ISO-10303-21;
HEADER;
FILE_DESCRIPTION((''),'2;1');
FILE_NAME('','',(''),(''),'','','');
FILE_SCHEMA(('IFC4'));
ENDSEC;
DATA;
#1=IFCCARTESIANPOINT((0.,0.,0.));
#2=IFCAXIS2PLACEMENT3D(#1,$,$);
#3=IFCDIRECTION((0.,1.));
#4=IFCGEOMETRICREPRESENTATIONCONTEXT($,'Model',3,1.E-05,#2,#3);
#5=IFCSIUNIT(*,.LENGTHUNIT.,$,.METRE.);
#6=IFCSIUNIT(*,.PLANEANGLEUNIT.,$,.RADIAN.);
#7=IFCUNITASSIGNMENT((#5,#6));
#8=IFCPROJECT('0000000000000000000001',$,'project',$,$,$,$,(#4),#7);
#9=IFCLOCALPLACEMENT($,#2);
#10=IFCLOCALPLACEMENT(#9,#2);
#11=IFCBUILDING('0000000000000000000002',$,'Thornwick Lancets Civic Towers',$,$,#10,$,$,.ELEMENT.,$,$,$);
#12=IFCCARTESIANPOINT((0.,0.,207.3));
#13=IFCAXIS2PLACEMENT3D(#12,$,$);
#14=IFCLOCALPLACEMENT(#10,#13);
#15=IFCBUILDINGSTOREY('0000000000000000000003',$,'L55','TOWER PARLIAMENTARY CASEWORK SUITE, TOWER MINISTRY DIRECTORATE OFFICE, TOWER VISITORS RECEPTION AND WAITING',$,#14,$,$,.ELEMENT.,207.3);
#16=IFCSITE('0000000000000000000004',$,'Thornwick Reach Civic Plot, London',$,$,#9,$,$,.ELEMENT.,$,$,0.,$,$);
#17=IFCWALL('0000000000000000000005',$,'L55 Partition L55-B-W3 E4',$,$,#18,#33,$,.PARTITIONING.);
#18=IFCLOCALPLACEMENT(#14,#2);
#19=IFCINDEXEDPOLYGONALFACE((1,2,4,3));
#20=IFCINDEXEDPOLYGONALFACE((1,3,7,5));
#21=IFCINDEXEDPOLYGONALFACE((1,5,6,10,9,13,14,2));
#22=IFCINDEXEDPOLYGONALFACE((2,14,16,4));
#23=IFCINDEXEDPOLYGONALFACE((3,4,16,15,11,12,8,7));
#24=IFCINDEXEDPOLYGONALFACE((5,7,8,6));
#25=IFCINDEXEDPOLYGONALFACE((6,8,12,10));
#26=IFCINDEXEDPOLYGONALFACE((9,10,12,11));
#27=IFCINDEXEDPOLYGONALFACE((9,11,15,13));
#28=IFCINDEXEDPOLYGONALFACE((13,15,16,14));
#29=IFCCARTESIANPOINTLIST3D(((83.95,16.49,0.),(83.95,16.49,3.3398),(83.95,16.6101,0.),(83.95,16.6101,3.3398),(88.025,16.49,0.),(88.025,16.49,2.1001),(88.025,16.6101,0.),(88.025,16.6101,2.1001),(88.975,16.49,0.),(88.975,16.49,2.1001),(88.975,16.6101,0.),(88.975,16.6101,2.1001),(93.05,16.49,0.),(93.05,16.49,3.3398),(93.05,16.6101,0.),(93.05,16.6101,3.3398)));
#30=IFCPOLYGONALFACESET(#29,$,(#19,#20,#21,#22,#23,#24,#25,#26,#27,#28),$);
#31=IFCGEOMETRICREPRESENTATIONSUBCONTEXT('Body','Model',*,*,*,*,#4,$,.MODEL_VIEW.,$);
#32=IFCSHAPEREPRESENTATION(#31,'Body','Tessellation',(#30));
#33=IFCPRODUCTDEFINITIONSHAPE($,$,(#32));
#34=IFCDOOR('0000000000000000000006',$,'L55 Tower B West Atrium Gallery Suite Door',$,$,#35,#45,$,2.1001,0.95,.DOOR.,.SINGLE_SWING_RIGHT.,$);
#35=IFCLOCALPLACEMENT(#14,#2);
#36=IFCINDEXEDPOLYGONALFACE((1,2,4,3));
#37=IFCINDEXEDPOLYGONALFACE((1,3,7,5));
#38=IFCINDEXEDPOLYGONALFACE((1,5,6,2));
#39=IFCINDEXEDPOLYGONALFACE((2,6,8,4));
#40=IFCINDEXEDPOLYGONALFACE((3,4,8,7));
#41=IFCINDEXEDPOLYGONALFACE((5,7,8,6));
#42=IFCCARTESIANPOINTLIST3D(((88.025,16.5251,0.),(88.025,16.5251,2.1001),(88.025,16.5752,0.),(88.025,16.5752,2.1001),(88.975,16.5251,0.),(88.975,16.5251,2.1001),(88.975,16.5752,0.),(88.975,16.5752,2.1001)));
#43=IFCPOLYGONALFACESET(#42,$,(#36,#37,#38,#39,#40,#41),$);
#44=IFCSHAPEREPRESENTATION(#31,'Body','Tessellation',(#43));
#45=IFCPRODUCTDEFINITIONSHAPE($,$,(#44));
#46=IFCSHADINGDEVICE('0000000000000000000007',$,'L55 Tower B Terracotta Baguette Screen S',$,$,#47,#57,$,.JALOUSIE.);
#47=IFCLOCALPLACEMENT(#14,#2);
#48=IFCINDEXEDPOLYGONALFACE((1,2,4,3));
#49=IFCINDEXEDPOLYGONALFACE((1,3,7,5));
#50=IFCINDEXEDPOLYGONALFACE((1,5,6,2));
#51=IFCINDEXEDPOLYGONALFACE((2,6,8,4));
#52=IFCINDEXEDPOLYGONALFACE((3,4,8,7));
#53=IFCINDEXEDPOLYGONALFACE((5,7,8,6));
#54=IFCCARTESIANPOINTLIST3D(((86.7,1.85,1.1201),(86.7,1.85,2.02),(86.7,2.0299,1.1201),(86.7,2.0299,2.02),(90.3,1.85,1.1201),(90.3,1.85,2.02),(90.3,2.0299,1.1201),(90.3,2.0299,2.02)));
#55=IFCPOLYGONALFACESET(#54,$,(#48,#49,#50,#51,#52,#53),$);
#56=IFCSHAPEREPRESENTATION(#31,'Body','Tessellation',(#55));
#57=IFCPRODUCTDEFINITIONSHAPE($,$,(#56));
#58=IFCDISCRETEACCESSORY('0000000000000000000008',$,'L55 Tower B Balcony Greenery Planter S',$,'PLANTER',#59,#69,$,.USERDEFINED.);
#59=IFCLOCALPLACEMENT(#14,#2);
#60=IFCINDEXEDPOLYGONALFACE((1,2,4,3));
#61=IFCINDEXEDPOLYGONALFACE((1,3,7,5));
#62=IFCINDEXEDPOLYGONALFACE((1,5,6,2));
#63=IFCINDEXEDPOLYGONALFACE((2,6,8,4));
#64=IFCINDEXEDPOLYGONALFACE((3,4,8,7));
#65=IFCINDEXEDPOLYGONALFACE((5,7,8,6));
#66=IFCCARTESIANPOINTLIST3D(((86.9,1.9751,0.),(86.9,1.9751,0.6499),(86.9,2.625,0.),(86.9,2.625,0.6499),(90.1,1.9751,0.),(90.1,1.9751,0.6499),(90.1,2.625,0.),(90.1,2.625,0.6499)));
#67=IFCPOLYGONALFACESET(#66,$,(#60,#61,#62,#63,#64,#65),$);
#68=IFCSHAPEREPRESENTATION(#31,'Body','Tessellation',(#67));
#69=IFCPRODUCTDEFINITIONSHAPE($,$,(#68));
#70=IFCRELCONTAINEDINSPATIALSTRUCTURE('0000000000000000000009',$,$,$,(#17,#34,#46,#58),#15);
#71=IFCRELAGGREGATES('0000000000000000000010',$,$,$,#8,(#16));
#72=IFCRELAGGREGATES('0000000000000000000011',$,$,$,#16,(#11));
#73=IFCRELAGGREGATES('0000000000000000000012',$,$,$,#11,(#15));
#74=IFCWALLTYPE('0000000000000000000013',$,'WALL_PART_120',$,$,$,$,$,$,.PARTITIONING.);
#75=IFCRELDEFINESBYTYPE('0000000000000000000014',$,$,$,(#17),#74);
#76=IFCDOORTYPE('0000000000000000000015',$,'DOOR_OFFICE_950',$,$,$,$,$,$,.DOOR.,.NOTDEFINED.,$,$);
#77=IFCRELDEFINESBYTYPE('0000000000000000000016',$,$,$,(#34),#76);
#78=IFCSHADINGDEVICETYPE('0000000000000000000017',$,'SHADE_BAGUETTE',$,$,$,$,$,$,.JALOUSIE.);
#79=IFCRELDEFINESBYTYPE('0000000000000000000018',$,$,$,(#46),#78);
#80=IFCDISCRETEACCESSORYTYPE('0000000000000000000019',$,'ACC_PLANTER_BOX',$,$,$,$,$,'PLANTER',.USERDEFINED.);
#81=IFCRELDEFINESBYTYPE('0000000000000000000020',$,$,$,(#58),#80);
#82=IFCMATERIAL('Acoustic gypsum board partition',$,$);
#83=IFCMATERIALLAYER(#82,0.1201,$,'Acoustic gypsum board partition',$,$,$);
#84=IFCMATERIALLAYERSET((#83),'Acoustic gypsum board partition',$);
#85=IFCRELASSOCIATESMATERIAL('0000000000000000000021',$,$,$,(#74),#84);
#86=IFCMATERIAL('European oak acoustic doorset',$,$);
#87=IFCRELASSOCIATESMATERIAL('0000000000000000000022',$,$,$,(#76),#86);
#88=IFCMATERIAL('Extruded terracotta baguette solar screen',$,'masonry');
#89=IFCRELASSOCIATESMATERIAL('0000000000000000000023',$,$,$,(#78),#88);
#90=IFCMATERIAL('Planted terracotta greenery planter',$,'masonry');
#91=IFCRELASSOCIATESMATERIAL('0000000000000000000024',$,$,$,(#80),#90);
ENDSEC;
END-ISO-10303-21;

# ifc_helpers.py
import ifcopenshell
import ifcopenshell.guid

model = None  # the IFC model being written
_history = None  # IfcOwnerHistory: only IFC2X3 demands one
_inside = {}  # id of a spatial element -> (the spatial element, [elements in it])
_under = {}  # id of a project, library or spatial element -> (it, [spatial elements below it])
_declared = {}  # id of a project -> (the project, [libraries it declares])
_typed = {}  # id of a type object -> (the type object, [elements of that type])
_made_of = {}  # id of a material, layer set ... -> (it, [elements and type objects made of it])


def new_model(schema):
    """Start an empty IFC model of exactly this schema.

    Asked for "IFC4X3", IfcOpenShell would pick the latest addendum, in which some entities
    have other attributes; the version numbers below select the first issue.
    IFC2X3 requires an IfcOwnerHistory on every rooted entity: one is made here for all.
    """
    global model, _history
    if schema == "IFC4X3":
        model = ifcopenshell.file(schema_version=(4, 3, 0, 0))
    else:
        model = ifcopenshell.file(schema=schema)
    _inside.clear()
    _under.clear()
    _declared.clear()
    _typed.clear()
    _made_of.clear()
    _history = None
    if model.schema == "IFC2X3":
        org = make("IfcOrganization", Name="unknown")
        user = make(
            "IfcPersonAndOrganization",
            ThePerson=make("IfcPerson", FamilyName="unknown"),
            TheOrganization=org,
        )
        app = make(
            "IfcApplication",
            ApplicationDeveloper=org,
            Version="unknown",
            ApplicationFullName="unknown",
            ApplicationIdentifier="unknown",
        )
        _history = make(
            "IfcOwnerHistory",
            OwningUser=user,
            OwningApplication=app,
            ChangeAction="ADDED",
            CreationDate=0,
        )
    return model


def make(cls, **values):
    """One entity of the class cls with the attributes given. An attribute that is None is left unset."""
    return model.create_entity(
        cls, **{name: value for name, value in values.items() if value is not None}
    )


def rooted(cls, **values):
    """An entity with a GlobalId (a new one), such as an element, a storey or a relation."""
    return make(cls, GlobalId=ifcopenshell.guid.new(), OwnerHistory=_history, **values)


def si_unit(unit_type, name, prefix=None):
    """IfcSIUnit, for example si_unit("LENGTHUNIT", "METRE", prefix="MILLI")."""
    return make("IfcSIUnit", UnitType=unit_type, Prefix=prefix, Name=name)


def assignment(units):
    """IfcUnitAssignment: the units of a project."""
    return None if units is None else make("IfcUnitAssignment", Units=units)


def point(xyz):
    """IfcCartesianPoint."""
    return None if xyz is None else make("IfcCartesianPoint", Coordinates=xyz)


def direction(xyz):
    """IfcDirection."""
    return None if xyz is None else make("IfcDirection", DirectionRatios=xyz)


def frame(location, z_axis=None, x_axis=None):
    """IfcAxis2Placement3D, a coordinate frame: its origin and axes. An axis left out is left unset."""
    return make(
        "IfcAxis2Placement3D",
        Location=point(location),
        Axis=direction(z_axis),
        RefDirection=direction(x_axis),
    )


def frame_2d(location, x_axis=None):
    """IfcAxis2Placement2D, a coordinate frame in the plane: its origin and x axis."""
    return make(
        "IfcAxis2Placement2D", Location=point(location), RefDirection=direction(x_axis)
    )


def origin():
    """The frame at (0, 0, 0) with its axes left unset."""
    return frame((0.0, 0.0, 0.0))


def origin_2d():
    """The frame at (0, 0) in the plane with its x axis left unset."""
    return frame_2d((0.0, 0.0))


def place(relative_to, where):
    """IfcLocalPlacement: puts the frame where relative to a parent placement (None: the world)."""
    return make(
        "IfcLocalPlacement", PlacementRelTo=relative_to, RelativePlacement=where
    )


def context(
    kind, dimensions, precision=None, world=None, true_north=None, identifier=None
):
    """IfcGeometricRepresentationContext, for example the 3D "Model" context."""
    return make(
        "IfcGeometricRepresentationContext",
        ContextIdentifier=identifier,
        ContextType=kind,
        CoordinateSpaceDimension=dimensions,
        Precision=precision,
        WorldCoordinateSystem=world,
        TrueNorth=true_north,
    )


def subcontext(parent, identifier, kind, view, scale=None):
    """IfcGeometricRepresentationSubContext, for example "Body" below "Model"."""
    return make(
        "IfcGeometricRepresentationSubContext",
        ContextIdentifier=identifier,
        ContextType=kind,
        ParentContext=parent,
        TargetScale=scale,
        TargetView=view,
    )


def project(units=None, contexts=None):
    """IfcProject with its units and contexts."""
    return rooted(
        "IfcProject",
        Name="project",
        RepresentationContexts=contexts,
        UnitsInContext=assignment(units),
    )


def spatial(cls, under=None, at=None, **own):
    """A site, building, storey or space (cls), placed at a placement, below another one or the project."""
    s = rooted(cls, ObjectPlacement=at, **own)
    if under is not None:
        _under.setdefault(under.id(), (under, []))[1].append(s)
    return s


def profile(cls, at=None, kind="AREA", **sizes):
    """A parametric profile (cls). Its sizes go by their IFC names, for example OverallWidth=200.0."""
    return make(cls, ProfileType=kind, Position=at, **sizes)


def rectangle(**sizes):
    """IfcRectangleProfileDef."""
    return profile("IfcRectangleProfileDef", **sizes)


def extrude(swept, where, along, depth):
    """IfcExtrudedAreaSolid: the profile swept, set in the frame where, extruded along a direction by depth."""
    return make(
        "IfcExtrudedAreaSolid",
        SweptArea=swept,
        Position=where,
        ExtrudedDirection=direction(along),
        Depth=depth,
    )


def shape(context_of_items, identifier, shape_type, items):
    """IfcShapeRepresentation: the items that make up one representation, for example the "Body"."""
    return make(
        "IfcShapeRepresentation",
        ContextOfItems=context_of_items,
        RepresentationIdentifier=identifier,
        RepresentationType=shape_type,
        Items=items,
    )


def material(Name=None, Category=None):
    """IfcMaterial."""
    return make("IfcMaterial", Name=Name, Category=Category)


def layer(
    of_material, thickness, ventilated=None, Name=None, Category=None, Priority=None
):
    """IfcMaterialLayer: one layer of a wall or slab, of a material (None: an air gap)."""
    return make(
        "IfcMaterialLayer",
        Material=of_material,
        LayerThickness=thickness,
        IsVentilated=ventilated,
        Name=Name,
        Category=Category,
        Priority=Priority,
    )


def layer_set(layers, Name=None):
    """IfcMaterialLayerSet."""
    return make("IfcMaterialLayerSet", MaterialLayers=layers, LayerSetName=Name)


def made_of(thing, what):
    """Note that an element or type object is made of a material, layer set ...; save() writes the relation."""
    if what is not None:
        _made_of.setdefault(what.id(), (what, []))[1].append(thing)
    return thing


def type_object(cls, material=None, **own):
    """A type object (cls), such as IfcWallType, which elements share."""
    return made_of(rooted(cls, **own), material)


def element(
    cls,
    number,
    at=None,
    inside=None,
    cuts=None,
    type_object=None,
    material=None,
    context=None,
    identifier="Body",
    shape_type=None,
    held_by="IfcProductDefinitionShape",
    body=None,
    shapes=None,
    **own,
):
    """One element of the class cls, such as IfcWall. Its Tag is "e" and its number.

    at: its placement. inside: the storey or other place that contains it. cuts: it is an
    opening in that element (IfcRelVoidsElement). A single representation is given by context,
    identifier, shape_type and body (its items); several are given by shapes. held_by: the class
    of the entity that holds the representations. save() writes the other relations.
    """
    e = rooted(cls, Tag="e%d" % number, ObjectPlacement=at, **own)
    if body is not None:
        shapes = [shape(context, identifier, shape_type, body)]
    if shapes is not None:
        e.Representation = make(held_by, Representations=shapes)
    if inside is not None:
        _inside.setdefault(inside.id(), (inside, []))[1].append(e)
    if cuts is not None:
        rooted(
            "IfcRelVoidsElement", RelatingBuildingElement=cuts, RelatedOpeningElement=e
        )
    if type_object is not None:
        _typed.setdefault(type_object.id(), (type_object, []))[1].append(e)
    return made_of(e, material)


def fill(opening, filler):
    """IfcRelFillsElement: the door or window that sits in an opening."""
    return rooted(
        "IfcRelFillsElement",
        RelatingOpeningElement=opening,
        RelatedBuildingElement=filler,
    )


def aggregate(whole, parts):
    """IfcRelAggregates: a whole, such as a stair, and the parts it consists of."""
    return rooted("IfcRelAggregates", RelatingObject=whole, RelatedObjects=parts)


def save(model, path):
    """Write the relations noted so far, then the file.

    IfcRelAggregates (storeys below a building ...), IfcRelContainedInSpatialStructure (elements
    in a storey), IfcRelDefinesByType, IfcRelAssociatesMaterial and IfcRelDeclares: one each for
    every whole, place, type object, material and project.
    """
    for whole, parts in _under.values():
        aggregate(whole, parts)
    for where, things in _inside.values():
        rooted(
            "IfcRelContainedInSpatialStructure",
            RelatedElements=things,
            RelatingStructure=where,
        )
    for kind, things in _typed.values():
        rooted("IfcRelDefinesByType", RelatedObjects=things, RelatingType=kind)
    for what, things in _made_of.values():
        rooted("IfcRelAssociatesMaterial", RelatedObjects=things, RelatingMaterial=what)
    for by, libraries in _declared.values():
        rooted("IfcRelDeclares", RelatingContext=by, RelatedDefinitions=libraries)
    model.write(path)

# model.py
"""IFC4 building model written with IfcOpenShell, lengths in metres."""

from ifc_helpers import new_model, si_unit, direction, frame, frame_2d, origin, origin_2d, place, context, subcontext, project, spatial, rectangle, extrude, material, layer, layer_set, type_object, element, fill, save


model = new_model("IFC4")

# Units and contexts
model_context = context("Model", 3, precision=1e-05, world=origin(), true_north=direction((0.0, 1.0)))
body_context = subcontext(model_context, "Body", "Model", "MODEL_VIEW")
ifc_project = project(units=[si_unit("LENGTHUNIT", "METRE"), si_unit("PLANEANGLEUNIT", "RADIAN")], contexts=[model_context])

# Site, building, storey
site_placement = place(None, origin())
site = spatial("IfcSite", under=ifc_project, at=site_placement, Name="Thornwick Reach Civic Plot, London", CompositionType="ELEMENT", RefElevation=0.0)
building_placement = place(site_placement, origin())
building = spatial("IfcBuilding", under=site, at=building_placement, Name="Thornwick Lancets Civic Towers", CompositionType="ELEMENT")
storey_placement = place(building_placement, frame((0.0, 0.0, 207.3)))
storey = spatial("IfcBuildingStorey", under=building, at=storey_placement, Name="L55", Description="TOWER PARLIAMENTARY CASEWORK SUITE, TOWER MINISTRY DIRECTORATE OFFICE, TOWER VISITORS RECEPTION AND WAITING", CompositionType="ELEMENT", Elevation=207.3)

# Shared definitions
ifc_material_1 = material(Name="Acoustic gypsum board partition")
ifc_layer_1 = layer(ifc_material_1, 0.1201, Name="Acoustic gypsum board partition")
ifc_layer_set_1 = layer_set([ifc_layer_1], Name="Acoustic gypsum board partition")
wall_type_1 = type_object("IfcWallType", Name="WALL_PART_120", PredefinedType="PARTITIONING", material=ifc_layer_set_1)

# Wall, opening, door
wall_1_placement = place(storey_placement, frame((93.05, 16.55, 0.0), z_axis=(0.0, 0.0, 1.0), x_axis=(-1.0, 0.0, 0.0)))
wall_1 = element("IfcWall", 1, at=wall_1_placement, inside=storey, type_object=wall_type_1, Name="L55 Partition L55-B-W3 E4", PredefinedType="PARTITIONING", context=body_context, shape_type="SweptSolid", body=[
    extrude(rectangle(XDim=9.1001, YDim=0.1201, at=frame_2d((4.55, 0.0))), origin(), (0.0, 0.0, 1.0), 3.3398),
])
opening_1_placement = place(wall_1_placement, frame((4.075, 0.0, 0.0)))
opening_1 = element("IfcOpeningElement", 2, at=opening_1_placement, cuts=wall_1, PredefinedType="OPENING", context=body_context, shape_type="SweptSolid", body=[
    extrude(rectangle(XDim=0.95, YDim=2.1001, at=frame_2d((0.4751, 1.05))), frame((0.0, 0.0701, 0.0), z_axis=(0.0, -1.0, 0.0), x_axis=(1.0, 0.0, 0.0)), (0.0, 0.0, 1.0), 0.1401),
])
ifc_material_2 = material(Name="European oak acoustic doorset")
door_type_1 = type_object("IfcDoorType", Name="DOOR_OFFICE_950", OperationType="NOTDEFINED", PredefinedType="DOOR", material=ifc_material_2)
door_1_placement = place(opening_1_placement, origin())
door_1 = element("IfcDoor", 3, at=door_1_placement, inside=storey, type_object=door_type_1, Name="L55 Tower B West Atrium Gallery Suite Door", OperationType="SINGLE_SWING_RIGHT", OverallHeight=2.1001, OverallWidth=0.95, PredefinedType="DOOR", context=body_context, shape_type="SweptSolid", body=[
    extrude(rectangle(XDim=0.95, YDim=2.1001, at=frame_2d((0.4751, 1.05))), frame((0.0, 0.0249, 0.0), z_axis=(0.0, -1.0, 0.0), x_axis=(1.0, 0.0, 0.0)), (0.0, 0.0, 1.0), 0.05),
])
fill(opening_1, door_1)

# Shading device
ifc_material_3 = material(Name="Extruded terracotta baguette solar screen", Category="masonry")
shading_device_type = type_object("IfcShadingDeviceType", Name="SHADE_BAGUETTE", PredefinedType="JALOUSIE", material=ifc_material_3)
shading_device_placement = place(storey_placement, frame((88.5, 1.9399, 1.1201), z_axis=(0.0, 0.0, 1.0), x_axis=(1.0, 0.0, 0.0)))
element("IfcShadingDevice", 4, at=shading_device_placement, inside=storey, type_object=shading_device_type, Name="L55 Tower B Terracotta Baguette Screen S", PredefinedType="JALOUSIE", context=body_context, shape_type="SweptSolid", body=[
    extrude(rectangle(XDim=3.6001, YDim=0.1799, at=origin_2d()), origin(), (0.0, 0.0, 1.0), 0.8999),
])

# Discrete accessory
ifc_material_4 = material(Name="Planted terracotta greenery planter", Category="masonry")
discrete_accessory_type = type_object("IfcDiscreteAccessoryType", Name="ACC_PLANTER_BOX", ElementType="PLANTER", PredefinedType="USERDEFINED", material=ifc_material_4)
discrete_accessory_placement = place(storey_placement, frame((88.5, 2.3, 0.0), z_axis=(0.0, 0.0, 1.0), x_axis=(1.0, 0.0, 0.0)))
element("IfcDiscreteAccessory", 5, at=discrete_accessory_placement, inside=storey, type_object=discrete_accessory_type, Name="L55 Tower B Balcony Greenery Planter S", ObjectType="PLANTER", PredefinedType="USERDEFINED", context=body_context, shape_type="SweptSolid", body=[
    extrude(rectangle(XDim=3.2, YDim=0.6499, at=origin_2d()), origin(), (0.0, 0.0, 1.0), 0.6499),
])

save(model, "model.ifc")
